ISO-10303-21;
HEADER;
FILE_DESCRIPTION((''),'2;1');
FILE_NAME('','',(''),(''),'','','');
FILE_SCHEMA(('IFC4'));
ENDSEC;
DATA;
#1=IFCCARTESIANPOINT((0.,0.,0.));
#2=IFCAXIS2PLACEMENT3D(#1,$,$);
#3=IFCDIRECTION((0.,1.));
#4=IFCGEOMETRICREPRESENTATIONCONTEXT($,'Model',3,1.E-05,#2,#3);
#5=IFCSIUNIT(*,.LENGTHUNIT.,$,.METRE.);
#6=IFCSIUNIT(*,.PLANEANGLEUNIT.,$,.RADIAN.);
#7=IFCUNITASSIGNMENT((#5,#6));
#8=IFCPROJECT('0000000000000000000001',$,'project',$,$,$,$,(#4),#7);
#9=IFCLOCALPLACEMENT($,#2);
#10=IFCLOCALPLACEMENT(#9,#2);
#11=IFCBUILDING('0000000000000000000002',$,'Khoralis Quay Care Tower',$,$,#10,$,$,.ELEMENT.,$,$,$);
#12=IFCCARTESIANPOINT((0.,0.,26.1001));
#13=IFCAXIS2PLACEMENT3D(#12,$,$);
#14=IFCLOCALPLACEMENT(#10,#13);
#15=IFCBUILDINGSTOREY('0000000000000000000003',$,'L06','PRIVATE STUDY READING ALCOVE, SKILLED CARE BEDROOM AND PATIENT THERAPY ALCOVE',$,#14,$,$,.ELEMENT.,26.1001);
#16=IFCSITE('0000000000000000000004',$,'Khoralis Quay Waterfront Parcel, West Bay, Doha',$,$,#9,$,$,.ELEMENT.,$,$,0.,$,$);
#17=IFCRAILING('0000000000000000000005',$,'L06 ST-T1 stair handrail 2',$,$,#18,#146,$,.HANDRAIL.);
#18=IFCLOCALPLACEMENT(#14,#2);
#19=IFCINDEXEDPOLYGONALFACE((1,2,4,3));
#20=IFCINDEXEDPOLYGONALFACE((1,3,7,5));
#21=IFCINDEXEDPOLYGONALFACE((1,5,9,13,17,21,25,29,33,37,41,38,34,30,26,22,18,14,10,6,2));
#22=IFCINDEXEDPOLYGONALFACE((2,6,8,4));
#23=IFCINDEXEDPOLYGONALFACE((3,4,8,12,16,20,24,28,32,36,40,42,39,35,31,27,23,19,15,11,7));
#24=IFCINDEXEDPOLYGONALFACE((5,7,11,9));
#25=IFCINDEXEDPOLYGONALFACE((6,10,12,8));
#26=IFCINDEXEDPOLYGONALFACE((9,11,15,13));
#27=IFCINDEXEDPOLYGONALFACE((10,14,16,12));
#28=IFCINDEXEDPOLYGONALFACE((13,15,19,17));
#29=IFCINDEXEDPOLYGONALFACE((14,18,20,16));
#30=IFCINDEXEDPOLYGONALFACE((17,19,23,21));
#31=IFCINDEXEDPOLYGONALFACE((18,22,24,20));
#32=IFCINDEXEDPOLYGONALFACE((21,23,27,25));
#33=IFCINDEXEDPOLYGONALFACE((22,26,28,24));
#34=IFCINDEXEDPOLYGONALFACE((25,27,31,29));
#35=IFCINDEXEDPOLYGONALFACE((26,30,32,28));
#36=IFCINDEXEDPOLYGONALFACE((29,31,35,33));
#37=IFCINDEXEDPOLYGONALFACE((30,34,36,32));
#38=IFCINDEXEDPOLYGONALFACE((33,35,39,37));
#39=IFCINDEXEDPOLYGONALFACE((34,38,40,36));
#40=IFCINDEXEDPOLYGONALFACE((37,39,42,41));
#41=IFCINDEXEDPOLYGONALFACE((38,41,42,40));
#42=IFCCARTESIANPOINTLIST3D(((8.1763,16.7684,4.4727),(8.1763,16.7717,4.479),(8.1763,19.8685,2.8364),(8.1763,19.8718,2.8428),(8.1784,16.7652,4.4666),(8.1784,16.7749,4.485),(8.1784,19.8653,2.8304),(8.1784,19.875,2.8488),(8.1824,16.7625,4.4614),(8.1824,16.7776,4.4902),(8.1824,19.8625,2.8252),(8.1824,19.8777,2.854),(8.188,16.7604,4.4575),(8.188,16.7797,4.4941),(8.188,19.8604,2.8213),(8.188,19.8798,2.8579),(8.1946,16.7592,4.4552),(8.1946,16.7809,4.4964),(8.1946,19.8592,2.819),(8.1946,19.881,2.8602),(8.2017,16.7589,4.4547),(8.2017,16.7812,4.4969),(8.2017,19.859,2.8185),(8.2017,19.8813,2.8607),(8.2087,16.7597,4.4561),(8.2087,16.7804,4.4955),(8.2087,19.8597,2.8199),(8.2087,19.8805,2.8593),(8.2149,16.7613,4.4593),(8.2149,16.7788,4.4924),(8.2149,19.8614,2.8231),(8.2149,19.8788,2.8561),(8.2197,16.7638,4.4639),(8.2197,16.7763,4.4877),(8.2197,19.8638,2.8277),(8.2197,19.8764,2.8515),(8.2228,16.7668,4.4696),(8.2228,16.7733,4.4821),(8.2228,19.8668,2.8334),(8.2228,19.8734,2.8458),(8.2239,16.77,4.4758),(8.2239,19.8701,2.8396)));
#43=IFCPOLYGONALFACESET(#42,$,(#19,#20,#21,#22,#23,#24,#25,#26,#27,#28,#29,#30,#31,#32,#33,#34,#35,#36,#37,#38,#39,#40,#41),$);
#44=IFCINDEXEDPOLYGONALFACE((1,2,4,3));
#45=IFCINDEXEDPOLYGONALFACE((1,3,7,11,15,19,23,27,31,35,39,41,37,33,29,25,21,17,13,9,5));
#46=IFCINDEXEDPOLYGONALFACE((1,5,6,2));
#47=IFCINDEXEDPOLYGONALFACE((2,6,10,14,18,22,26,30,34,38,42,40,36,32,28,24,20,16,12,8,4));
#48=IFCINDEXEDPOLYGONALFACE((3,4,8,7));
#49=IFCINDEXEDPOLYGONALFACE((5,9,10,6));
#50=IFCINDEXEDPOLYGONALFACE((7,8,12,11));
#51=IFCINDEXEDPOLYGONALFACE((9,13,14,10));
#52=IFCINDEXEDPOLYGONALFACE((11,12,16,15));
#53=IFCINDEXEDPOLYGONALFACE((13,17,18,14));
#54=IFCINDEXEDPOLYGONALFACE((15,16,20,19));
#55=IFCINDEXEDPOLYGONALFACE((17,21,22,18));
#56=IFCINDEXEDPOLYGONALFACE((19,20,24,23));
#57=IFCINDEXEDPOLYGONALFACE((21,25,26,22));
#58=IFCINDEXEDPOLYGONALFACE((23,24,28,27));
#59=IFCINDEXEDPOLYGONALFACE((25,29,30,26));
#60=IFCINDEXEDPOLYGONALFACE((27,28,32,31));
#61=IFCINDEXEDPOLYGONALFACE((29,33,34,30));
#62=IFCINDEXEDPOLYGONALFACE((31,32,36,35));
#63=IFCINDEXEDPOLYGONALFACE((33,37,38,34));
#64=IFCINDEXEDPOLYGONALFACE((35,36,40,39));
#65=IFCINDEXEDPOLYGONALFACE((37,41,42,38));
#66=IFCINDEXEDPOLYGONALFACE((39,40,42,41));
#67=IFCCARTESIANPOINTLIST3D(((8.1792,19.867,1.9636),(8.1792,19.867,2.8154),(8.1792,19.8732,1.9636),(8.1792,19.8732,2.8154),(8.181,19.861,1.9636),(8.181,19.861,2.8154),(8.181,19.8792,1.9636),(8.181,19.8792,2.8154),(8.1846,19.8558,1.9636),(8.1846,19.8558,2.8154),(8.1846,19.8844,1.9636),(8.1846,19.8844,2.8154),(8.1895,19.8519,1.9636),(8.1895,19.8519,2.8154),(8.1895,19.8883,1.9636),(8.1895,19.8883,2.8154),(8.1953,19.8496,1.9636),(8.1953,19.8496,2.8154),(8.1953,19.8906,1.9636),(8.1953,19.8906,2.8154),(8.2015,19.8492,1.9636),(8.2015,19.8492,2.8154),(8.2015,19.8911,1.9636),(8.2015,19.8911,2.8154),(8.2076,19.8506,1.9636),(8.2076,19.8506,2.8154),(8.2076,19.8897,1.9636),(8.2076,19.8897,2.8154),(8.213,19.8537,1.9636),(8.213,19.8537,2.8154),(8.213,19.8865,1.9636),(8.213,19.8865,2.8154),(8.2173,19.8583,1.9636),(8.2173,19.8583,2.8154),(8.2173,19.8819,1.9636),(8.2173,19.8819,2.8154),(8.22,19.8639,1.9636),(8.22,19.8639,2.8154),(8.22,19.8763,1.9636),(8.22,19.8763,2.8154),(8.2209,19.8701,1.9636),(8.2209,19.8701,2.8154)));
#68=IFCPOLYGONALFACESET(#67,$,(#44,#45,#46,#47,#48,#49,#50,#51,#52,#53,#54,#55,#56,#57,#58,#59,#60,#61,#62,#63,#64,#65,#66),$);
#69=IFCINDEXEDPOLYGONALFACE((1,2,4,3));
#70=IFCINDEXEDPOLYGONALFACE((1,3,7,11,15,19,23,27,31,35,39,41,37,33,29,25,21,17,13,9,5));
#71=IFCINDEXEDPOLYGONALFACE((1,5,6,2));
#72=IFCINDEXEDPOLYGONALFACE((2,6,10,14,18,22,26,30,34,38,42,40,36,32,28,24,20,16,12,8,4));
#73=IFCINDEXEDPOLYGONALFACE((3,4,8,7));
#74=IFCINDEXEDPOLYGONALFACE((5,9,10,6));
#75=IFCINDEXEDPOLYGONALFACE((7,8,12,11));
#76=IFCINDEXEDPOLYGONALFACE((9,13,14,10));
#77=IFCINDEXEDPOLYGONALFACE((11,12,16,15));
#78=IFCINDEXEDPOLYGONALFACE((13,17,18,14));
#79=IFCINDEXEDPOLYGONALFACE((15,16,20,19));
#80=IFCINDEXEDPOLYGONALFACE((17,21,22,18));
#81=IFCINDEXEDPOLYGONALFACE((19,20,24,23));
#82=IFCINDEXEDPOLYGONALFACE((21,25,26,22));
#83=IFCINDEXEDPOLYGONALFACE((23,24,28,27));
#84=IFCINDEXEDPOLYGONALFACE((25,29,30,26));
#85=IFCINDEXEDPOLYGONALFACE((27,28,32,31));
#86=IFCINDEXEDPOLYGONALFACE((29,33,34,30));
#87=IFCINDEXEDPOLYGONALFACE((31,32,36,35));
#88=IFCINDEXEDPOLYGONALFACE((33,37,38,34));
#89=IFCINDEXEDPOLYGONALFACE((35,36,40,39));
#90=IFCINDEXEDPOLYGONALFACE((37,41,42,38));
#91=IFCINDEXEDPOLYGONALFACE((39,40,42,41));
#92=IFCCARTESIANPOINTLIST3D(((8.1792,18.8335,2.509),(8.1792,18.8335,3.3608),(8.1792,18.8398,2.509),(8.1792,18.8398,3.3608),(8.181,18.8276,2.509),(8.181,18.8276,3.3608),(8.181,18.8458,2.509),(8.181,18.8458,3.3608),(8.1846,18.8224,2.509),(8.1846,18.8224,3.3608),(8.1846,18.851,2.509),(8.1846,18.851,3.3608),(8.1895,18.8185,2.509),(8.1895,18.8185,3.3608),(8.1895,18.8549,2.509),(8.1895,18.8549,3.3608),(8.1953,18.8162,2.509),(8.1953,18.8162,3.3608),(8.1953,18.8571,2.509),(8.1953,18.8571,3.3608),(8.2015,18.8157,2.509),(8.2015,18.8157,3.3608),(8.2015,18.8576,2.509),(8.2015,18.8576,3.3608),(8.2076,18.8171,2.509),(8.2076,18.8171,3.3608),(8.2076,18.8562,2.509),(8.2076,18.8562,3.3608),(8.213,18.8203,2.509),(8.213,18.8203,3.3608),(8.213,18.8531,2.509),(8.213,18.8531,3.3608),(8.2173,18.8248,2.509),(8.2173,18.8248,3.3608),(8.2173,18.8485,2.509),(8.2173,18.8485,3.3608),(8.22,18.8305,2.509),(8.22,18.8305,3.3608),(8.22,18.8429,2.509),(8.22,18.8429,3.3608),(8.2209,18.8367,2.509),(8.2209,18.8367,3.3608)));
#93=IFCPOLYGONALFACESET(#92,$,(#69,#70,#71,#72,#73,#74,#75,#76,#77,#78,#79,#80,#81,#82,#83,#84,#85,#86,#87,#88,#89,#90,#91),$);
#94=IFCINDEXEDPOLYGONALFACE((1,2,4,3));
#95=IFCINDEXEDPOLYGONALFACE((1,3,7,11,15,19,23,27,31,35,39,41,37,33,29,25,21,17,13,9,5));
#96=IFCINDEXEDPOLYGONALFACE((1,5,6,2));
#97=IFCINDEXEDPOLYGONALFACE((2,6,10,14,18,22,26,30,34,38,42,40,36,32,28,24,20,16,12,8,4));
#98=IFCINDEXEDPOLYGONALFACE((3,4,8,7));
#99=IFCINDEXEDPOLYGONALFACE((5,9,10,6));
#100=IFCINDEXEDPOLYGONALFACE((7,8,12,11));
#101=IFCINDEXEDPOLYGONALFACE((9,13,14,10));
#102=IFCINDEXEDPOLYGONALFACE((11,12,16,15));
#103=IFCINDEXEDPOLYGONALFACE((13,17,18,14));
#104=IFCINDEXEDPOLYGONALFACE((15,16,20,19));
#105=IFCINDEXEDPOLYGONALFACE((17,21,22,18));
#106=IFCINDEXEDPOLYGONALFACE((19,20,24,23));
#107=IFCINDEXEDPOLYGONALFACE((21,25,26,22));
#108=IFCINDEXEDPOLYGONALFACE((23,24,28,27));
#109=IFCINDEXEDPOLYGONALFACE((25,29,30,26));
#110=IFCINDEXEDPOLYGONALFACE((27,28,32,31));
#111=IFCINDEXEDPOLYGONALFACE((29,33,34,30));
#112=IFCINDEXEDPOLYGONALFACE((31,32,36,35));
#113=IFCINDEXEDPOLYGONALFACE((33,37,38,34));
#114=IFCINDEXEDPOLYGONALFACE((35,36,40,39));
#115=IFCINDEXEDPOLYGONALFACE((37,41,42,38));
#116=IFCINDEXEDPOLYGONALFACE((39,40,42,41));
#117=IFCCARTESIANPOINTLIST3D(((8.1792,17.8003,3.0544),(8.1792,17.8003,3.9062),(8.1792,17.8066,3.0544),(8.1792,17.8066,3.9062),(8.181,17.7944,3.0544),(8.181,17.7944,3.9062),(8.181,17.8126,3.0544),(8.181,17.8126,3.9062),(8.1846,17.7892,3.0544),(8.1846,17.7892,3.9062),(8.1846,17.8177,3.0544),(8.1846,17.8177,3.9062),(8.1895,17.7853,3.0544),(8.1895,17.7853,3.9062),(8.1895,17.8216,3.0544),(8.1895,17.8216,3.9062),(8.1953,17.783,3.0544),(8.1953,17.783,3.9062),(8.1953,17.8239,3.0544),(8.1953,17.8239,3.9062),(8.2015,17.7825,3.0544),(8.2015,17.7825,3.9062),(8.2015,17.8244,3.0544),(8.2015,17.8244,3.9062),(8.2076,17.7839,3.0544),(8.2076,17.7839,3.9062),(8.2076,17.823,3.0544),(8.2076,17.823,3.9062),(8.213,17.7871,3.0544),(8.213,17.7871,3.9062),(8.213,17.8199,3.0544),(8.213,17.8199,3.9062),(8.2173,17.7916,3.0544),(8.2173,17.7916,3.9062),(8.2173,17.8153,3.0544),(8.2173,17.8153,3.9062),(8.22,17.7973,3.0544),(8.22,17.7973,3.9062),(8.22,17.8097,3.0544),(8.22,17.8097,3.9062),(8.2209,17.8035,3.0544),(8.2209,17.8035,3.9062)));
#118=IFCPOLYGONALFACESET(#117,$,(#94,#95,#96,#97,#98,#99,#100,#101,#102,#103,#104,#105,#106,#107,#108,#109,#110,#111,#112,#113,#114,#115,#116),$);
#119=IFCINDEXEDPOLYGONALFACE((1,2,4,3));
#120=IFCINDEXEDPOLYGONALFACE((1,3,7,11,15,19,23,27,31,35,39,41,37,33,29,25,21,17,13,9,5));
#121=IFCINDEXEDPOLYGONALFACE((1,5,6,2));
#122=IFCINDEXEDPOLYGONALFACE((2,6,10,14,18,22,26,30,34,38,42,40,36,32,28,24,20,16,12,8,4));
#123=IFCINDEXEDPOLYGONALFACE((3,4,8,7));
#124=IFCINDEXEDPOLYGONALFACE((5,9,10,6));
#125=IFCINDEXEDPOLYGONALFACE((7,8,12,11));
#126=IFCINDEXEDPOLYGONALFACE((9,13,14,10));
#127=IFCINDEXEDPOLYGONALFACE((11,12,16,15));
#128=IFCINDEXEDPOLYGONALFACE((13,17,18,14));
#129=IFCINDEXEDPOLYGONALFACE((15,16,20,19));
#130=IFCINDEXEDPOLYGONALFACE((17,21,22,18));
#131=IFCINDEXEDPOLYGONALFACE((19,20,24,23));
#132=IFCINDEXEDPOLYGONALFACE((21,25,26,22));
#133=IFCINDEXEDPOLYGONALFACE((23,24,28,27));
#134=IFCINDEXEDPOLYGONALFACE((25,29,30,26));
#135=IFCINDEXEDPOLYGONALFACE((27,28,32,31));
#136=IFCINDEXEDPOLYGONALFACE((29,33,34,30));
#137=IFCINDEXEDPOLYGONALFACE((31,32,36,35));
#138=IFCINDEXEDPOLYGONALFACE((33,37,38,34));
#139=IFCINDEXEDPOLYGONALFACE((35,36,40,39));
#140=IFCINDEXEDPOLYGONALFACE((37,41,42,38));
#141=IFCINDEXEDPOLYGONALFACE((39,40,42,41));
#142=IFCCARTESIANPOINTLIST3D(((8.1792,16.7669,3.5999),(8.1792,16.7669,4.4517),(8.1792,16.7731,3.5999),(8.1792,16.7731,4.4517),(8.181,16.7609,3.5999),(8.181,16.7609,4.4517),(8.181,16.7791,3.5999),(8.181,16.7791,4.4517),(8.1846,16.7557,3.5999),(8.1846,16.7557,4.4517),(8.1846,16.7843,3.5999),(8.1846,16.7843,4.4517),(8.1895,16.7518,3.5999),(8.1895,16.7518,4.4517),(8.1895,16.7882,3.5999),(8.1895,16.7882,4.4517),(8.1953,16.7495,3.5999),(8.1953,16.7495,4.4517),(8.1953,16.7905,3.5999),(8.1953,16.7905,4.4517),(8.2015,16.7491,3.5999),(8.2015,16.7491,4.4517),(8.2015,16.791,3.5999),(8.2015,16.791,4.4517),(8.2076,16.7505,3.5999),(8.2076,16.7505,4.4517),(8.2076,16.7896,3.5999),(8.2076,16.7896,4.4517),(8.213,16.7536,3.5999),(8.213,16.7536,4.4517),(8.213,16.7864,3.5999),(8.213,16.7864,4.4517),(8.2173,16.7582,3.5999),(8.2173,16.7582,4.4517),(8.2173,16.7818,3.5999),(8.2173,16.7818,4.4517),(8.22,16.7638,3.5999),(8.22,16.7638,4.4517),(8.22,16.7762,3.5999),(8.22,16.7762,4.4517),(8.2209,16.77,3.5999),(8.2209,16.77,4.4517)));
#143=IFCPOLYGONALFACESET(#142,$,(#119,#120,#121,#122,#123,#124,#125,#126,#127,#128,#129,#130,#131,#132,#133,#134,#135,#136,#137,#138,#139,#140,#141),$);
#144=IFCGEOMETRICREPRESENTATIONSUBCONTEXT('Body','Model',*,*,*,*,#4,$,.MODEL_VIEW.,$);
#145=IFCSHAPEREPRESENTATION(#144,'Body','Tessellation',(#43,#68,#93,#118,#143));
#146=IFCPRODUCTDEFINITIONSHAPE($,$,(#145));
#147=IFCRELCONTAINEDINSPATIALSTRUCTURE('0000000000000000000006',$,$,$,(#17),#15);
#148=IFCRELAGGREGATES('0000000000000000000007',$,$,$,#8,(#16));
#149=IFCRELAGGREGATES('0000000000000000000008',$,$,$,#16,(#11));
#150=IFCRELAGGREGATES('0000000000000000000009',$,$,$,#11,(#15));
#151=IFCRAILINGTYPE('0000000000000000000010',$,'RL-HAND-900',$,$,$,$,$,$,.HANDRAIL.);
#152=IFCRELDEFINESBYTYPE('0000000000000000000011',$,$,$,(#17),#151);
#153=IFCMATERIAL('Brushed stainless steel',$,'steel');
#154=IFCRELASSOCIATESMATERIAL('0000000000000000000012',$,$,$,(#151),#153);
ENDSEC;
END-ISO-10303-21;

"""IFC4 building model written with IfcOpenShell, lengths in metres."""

from ifc_helpers import new_model, si_unit, direction, frame, origin, origin_2d, place, context, subcontext, project, spatial, circle, extrude, material, type_object, element, save


model = new_model("IFC4")

# Units and contexts
model_context = context("Model", 3, precision=1e-05, world=origin(), true_north=direction((0.0, 1.0)))
body_context = subcontext(model_context, "Body", "Model", "MODEL_VIEW")
ifc_project = project(units=[si_unit("LENGTHUNIT", "METRE"), si_unit("PLANEANGLEUNIT", "RADIAN")], contexts=[model_context])

# Site, building, storey
site_placement = place(None, origin())
site = spatial("IfcSite", under=ifc_project, at=site_placement, Name="Khoralis Quay Waterfront Parcel, West Bay, Doha", CompositionType="ELEMENT", RefElevation=0.0)
building_placement = place(site_placement, origin())
building = spatial("IfcBuilding", under=site, at=building_placement, Name="Khoralis Quay Care Tower", CompositionType="ELEMENT")
storey_placement = place(building_placement, frame((0.0, 0.0, 26.1001)))
storey = spatial("IfcBuildingStorey", under=building, at=storey_placement, Name="L06", Description="PRIVATE STUDY READING ALCOVE, SKILLED CARE BEDROOM AND PATIENT THERAPY ALCOVE", CompositionType="ELEMENT", Elevation=26.1001)

# Shared definitions
ifc_material_1 = material(Name="Brushed stainless steel", Category="steel")

# Railing
railing_type_1 = type_object("IfcRailingType", Name="RL-HAND-900", PredefinedType="HANDRAIL", material=ifc_material_1)
railing_1_placement = place(storey_placement, frame((8.2, 19.8701, 1.9636)))
element("IfcRailing", 1, at=railing_1_placement, inside=storey, type_object=railing_type_1, Name="L06 ST-T1 stair handrail 2", PredefinedType="HANDRAIL", context=body_context, shape_type="SweptSolid", body=[
    extrude(circle(Radius=0.0239, at=origin_2d()), frame((0.0, 0.0, 0.876), z_axis=(0.0, -0.884377, 0.466774), x_axis=(1.0, 0.0, 0.0)), (0.0, 0.0, 1.0), 3.5054),
    extrude(circle(Radius=0.021, at=origin_2d()), origin(), (0.0, 0.0, 1.0), 0.8518),
    extrude(circle(Radius=0.021, at=origin_2d()), frame((0.0, -1.0334, 0.5454)), (0.0, 0.0, 1.0), 0.8518),
    extrude(circle(Radius=0.021, at=origin_2d()), frame((0.0, -2.0667, 1.0908)), (0.0, 0.0, 1.0), 0.8518),
    extrude(circle(Radius=0.021, at=origin_2d()), frame((0.0, -3.1001, 1.6362)), (0.0, 0.0, 1.0), 0.8518),
])

save(model, "model.ifc")
